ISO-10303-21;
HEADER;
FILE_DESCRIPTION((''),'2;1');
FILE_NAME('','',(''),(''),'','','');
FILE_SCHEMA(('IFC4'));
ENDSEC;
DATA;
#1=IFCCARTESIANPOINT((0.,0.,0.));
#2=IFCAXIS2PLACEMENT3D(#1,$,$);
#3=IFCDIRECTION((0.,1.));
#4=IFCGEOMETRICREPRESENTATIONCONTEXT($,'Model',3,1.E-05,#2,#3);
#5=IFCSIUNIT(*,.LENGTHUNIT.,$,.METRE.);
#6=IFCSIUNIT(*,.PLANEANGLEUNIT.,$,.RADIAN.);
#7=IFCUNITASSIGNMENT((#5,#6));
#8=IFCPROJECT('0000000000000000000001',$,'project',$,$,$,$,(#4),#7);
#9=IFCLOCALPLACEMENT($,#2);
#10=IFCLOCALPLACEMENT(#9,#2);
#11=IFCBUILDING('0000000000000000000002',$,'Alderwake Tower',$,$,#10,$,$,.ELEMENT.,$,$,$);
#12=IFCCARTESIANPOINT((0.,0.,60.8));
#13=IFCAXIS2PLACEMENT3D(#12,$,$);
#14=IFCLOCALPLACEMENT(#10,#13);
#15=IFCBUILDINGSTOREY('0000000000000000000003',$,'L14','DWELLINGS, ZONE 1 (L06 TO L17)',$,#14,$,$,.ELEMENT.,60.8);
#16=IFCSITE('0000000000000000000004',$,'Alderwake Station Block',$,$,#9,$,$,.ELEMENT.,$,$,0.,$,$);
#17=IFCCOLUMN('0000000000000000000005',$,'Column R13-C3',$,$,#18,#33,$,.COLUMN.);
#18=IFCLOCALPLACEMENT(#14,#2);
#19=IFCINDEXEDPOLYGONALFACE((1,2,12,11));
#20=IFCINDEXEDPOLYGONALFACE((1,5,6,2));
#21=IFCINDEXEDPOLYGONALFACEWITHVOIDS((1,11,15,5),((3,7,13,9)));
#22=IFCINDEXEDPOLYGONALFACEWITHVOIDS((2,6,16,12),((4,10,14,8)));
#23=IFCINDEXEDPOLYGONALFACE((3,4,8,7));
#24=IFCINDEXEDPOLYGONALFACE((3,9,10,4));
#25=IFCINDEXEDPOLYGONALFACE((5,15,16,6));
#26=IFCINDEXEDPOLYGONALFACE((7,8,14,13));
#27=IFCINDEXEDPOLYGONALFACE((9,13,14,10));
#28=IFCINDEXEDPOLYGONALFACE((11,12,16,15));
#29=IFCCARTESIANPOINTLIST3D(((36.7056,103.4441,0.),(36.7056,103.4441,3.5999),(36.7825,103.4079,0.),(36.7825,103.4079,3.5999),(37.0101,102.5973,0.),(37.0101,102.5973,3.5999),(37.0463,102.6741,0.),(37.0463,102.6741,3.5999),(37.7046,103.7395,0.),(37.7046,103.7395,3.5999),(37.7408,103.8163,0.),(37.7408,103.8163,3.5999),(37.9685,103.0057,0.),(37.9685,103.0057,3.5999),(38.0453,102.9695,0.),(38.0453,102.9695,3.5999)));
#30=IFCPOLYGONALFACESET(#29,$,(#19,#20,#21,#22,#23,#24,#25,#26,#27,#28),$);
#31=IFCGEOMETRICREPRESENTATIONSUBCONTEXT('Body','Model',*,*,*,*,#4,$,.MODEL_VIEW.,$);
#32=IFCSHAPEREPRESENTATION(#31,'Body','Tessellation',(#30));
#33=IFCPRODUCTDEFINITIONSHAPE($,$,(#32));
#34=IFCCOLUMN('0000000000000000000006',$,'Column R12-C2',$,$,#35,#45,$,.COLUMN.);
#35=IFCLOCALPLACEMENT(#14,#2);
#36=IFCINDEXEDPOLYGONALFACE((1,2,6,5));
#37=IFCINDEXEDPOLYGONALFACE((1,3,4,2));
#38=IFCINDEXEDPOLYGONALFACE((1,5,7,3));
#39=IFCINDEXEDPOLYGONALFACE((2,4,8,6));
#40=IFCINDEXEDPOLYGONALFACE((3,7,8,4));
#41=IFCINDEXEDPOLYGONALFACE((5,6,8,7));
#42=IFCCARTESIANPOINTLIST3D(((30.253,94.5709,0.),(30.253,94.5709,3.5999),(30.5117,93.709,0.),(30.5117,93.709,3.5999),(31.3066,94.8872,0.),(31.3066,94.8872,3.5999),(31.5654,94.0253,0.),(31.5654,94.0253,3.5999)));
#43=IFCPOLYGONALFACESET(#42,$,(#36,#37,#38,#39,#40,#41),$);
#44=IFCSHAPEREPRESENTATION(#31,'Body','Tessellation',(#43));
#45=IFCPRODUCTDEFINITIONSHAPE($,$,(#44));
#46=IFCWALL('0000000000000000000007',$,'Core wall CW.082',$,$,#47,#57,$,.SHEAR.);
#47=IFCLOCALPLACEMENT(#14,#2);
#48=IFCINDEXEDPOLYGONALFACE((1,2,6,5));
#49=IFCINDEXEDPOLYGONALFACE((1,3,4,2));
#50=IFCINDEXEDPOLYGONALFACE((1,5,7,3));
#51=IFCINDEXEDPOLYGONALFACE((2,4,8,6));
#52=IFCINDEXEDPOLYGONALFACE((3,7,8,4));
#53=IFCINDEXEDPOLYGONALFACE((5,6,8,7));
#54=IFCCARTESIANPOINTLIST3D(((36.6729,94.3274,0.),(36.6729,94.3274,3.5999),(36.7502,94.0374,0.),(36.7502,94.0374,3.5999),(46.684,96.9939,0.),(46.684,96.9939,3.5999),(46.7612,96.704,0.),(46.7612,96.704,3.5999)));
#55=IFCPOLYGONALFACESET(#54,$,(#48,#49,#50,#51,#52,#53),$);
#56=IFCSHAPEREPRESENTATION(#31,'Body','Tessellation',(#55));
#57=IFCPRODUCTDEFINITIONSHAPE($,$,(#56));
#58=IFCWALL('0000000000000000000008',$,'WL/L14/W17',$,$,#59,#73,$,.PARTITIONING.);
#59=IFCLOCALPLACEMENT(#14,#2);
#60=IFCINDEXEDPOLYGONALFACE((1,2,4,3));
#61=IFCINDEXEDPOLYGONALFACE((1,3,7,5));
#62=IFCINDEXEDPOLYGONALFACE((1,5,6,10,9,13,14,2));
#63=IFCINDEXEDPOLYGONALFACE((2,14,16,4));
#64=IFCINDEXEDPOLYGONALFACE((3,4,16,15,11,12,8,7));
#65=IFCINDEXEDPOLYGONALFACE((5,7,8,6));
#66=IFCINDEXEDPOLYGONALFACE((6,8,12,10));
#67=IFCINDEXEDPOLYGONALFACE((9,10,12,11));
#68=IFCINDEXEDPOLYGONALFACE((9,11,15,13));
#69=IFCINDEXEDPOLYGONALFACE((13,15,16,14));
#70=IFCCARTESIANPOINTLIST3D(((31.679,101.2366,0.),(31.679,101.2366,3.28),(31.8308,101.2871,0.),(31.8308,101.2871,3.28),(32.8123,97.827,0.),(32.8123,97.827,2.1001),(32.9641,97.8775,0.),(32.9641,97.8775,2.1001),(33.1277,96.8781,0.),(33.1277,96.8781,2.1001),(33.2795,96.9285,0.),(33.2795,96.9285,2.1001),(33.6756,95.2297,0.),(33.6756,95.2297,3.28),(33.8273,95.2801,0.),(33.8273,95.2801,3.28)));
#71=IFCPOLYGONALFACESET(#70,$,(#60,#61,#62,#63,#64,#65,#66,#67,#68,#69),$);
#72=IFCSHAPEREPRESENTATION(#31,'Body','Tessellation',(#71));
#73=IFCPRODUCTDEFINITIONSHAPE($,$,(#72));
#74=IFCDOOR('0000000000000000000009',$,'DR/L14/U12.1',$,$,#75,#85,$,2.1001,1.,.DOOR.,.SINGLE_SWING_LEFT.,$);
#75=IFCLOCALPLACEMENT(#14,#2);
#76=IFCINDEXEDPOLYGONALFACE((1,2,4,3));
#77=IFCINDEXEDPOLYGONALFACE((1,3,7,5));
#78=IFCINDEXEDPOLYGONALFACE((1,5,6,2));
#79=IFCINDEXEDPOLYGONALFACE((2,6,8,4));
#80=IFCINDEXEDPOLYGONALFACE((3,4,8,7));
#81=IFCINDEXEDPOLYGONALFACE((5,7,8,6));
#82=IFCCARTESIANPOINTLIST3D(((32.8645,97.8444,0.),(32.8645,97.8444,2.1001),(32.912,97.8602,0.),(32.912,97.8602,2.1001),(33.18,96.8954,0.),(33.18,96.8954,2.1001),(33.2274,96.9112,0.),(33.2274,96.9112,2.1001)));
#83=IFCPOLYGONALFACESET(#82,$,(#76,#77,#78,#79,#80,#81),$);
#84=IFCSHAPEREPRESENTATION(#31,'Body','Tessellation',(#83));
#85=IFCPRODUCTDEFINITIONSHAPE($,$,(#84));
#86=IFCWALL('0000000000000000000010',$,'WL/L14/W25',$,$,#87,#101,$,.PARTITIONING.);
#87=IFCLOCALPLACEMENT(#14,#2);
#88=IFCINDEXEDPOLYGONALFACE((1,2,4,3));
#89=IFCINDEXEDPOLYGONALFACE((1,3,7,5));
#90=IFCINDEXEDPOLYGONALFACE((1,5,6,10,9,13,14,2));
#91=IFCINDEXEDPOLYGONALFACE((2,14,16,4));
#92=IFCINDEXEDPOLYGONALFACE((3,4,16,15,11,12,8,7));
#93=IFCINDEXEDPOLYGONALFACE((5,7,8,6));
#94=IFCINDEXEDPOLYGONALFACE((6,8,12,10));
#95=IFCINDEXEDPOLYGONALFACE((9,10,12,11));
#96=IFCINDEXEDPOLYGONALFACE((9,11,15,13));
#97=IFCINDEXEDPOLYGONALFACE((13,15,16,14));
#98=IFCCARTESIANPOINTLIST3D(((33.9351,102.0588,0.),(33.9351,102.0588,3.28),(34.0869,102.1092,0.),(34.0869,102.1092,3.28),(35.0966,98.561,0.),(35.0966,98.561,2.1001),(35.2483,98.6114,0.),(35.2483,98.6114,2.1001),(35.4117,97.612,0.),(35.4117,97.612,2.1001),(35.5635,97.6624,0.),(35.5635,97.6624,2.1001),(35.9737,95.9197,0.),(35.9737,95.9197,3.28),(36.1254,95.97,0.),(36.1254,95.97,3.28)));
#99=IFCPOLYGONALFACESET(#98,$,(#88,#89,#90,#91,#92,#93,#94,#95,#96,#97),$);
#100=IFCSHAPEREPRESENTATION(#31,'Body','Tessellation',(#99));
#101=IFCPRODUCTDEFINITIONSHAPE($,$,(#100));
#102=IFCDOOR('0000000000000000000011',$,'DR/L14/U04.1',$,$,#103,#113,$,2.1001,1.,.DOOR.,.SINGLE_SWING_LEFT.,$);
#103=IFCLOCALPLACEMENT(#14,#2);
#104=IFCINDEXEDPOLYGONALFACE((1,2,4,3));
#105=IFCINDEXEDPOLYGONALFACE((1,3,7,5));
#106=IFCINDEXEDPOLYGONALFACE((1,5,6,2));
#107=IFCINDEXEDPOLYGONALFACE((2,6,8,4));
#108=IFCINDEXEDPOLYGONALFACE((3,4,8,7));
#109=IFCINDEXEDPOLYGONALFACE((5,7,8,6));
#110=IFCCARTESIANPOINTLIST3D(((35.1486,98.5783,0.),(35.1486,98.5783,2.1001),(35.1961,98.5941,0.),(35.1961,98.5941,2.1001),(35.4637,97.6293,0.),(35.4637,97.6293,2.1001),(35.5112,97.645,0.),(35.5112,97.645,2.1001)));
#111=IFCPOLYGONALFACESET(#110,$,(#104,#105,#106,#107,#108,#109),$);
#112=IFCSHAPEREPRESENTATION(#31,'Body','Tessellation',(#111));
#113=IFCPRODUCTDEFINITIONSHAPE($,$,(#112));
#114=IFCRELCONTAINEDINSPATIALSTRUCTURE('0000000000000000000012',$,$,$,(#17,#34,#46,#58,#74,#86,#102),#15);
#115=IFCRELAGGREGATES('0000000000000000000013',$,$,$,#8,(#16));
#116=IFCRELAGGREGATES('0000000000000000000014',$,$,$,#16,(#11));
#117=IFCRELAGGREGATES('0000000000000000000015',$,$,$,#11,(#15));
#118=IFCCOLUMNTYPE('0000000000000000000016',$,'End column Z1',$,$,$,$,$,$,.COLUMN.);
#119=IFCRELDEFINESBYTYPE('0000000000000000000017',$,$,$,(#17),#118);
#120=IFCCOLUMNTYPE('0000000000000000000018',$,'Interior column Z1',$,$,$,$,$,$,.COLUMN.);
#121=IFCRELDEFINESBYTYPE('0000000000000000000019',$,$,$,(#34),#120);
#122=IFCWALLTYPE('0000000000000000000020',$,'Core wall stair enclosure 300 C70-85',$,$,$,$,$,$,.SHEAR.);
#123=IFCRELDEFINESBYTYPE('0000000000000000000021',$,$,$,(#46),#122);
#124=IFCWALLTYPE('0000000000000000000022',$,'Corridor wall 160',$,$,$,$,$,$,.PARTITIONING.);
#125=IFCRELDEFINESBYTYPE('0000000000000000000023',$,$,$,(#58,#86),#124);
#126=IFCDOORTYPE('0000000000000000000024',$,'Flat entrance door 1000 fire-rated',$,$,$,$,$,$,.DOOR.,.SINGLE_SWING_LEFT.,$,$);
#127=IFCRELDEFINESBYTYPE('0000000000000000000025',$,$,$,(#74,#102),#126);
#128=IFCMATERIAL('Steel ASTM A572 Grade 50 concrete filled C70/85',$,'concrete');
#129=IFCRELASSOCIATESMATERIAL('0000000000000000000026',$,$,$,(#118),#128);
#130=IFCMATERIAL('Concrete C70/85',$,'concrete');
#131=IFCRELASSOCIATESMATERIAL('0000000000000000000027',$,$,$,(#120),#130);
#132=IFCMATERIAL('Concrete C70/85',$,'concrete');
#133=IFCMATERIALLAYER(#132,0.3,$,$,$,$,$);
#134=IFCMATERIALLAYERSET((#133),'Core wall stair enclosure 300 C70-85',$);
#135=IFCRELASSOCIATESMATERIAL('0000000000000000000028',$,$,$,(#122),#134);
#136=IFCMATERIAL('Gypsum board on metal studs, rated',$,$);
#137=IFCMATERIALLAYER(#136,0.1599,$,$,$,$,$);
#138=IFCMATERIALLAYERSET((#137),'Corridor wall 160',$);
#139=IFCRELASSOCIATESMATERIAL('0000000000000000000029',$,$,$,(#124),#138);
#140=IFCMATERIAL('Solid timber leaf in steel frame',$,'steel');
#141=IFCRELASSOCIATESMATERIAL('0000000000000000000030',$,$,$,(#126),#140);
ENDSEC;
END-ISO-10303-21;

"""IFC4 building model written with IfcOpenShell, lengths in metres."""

from ifc_helpers import new_model, si_unit, direction, frame, frame_2d, origin, origin_2d, place, context, subcontext, project, spatial, rectangle, hollow_rectangle, extrude, material, layer, layer_set, material_profile, profile_set, type_object, element, fill, save


model = new_model("IFC4")

# Units and contexts
model_context = context("Model", 3, precision=1e-05, world=origin(), true_north=direction((0.0, 1.0)))
body_context = subcontext(model_context, "Body", "Model", "MODEL_VIEW")
ifc_project = project(units=[si_unit("LENGTHUNIT", "METRE"), si_unit("PLANEANGLEUNIT", "RADIAN")], contexts=[model_context])

# Site, building, storey
site_placement = place(None, origin())
site = spatial("IfcSite", under=ifc_project, at=site_placement, Name="Alderwake Station Block", CompositionType="ELEMENT", RefElevation=0.0)
building_placement = place(site_placement, origin())
building = spatial("IfcBuilding", under=site, at=building_placement, Name="Alderwake Tower", CompositionType="ELEMENT")
storey_placement = place(building_placement, frame((0.0, 0.0, 60.8)))
storey = spatial("IfcBuildingStorey", under=building, at=storey_placement, Name="L14", Description="DWELLINGS, ZONE 1 (L06 TO L17)", CompositionType="ELEMENT", Elevation=60.8)

# Columns
ifc_material_1 = material(Name="Steel ASTM A572 Grade 50 concrete filled C70/85", Category="concrete")
ifc_material_profile_1 = material_profile(ifc_material_1, hollow_rectangle(XDim=0.8999, YDim=1.1001, WallThickness=0.0601, at=origin_2d()), Name="BOX 1100X900X60")
ifc_profile_set_1 = profile_set([ifc_material_profile_1], Name="Steel ASTM A572 Grade 50 concrete filled C70/85")
column_type_1 = type_object("IfcColumnType", Name="End column Z1", PredefinedType="COLUMN", material=ifc_profile_set_1)
column_1_placement = place(storey_placement, frame((37.3755, 103.2068, 0.0), z_axis=(0.0, 0.0, 1.0), x_axis=(-0.338375, 0.941011, 0.0)))
element("IfcColumn", 1, at=column_1_placement, inside=storey, type_object=column_type_1, Name="Column R13-C3", PredefinedType="COLUMN", context=body_context, shape_type="SweptSolid", body=[
    extrude(hollow_rectangle(XDim=0.8999, YDim=1.1001, WallThickness=0.0601, at=origin_2d()), origin(), (0.0, 0.0, 1.0), 3.5999),
])
ifc_material_2 = material(Name="Concrete C70/85", Category="concrete")
ifc_material_profile_2 = material_profile(ifc_material_2, rectangle(XDim=0.8999, YDim=1.1001, at=origin_2d()), Name="RC 1100X900")
ifc_profile_set_2 = profile_set([ifc_material_profile_2], Name="Concrete C70/85")
column_type_2 = type_object("IfcColumnType", Name="Interior column Z1", PredefinedType="COLUMN", material=ifc_profile_set_2)
column_2_placement = place(storey_placement, frame((30.9092, 94.2981, 0.0), z_axis=(0.0, 0.0, 1.0), x_axis=(-0.287549, 0.957766, 0.0)))
element("IfcColumn", 2, at=column_2_placement, inside=storey, type_object=column_type_2, Name="Column R12-C2", PredefinedType="COLUMN", context=body_context, shape_type="SweptSolid", body=[
    extrude(rectangle(XDim=0.8999, YDim=1.1001, at=origin_2d()), origin(), (0.0, 0.0, 1.0), 3.5999),
])

# Wall
ifc_material_3 = material(Name="Concrete C70/85", Category="concrete")
ifc_layer_1 = layer(ifc_material_3, 0.3)
ifc_layer_set_1 = layer_set([ifc_layer_1], Name="Core wall stair enclosure 300 C70-85")
wall_type_1 = type_object("IfcWallType", Name="Core wall stair enclosure 300 C70-85", PredefinedType="SHEAR", material=ifc_layer_set_1)
wall_1_placement = place(storey_placement, frame((36.7114, 94.1824, 0.0), z_axis=(0.0, 0.0, 1.0), x_axis=(0.966309, 0.257384, 0.0)))
element("IfcWall", 3, at=wall_1_placement, inside=storey, type_object=wall_type_1, Name="Core wall CW.082", PredefinedType="SHEAR", context=body_context, shape_type="SweptSolid", body=[
    extrude(rectangle(XDim=10.3601, YDim=0.3, at=frame_2d((5.1802, 0.0))), origin(), (0.0, 0.0, 1.0), 3.5999),
])

# Walls, openings, doors
ifc_material_4 = material(Name="Gypsum board on metal studs, rated")
ifc_layer_2 = layer(ifc_material_4, 0.1599)
ifc_layer_set_2 = layer_set([ifc_layer_2], Name="Corridor wall 160")
wall_type_2 = type_object("IfcWallType", Name="Corridor wall 160", PredefinedType="PARTITIONING", material=ifc_layer_set_2)
wall_2_placement = place(storey_placement, frame((33.7515, 95.2549, 0.0), z_axis=(0.0, 0.0, 1.0), x_axis=(-0.315406, 0.948957, 0.0)))
wall_2 = element("IfcWall", 4, at=wall_2_placement, inside=storey, type_object=wall_type_2, Name="WL/L14/W17", PredefinedType="PARTITIONING", context=body_context, shape_type="SweptSolid", body=[
    extrude(rectangle(XDim=6.3301, YDim=0.1599, at=frame_2d((3.165, 0.0))), origin(), (0.0, 0.0, 1.0), 3.28),
])
opening_1_placement = place(wall_2_placement, frame((1.7371, 0.0, 0.0)))
opening_1 = element("IfcOpeningElement", 5, at=opening_1_placement, cuts=wall_2, PredefinedType="OPENING", context=body_context, shape_type="SweptSolid", body=[
    extrude(rectangle(XDim=1.0, YDim=2.1001, at=frame_2d((0.5, 1.05))), frame((0.0, 0.0898, 0.0), z_axis=(0.0, -1.0, 0.0), x_axis=(1.0, 0.0, 0.0)), (0.0, 0.0, 1.0), 0.1799),
])
ifc_material_5 = material(Name="Solid timber leaf in steel frame", Category="steel")
door_type_1 = type_object("IfcDoorType", Name="Flat entrance door 1000 fire-rated", OperationType="SINGLE_SWING_LEFT", PredefinedType="DOOR", material=ifc_material_5)
door_1_placement = place(opening_1_placement, origin())
door_1 = element("IfcDoor", 6, at=door_1_placement, inside=storey, type_object=door_type_1, Name="DR/L14/U12.1", OperationType="SINGLE_SWING_LEFT", OverallHeight=2.1001, OverallWidth=1.0, PredefinedType="DOOR", context=body_context, shape_type="SweptSolid", body=[
    extrude(rectangle(XDim=1.0, YDim=2.1001, at=frame_2d((0.5, 1.05))), frame((0.0, 0.0249, 0.0), z_axis=(0.0, -1.0, 0.0), x_axis=(1.0, 0.0, 0.0)), (0.0, 0.0, 1.0), 0.05),
])
fill(opening_1, door_1)
wall_3_placement = place(storey_placement, frame((34.011, 102.084, 0.0), z_axis=(0.0, 0.0, 1.0), x_axis=(0.315141, -0.949045, 0.0)))
wall_3 = element("IfcWall", 7, at=wall_3_placement, inside=storey, type_object=wall_type_2, Name="WL/L14/W25", PredefinedType="PARTITIONING", context=body_context, shape_type="SweptSolid", body=[
    extrude(rectangle(XDim=6.4688, YDim=0.1599, at=frame_2d((3.2344, 0.0))), origin(), (0.0, 0.0, 1.0), 3.28),
])
opening_2_placement = place(wall_3_placement, frame((3.6855, 0.0, 0.0)))
opening_2 = element("IfcOpeningElement", 8, at=opening_2_placement, cuts=wall_3, PredefinedType="OPENING", context=body_context, shape_type="SweptSolid", body=[
    extrude(rectangle(XDim=1.0, YDim=2.1001, at=frame_2d((0.5, 1.05))), frame((0.0, 0.0898, 0.0), z_axis=(0.0, -1.0, 0.0), x_axis=(1.0, 0.0, 0.0)), (0.0, 0.0, 1.0), 0.1799),
])
door_2_placement = place(opening_2_placement, origin())
door_2 = element("IfcDoor", 9, at=door_2_placement, inside=storey, type_object=door_type_1, Name="DR/L14/U04.1", OperationType="SINGLE_SWING_LEFT", OverallHeight=2.1001, OverallWidth=1.0, PredefinedType="DOOR", context=body_context, shape_type="SweptSolid", body=[
    extrude(rectangle(XDim=1.0, YDim=2.1001, at=frame_2d((0.5, 1.05))), frame((0.0, 0.0249, 0.0), z_axis=(0.0, -1.0, 0.0), x_axis=(1.0, 0.0, 0.0)), (0.0, 0.0, 1.0), 0.05),
])
fill(opening_2, door_2)

save(model, "model.ifc")
